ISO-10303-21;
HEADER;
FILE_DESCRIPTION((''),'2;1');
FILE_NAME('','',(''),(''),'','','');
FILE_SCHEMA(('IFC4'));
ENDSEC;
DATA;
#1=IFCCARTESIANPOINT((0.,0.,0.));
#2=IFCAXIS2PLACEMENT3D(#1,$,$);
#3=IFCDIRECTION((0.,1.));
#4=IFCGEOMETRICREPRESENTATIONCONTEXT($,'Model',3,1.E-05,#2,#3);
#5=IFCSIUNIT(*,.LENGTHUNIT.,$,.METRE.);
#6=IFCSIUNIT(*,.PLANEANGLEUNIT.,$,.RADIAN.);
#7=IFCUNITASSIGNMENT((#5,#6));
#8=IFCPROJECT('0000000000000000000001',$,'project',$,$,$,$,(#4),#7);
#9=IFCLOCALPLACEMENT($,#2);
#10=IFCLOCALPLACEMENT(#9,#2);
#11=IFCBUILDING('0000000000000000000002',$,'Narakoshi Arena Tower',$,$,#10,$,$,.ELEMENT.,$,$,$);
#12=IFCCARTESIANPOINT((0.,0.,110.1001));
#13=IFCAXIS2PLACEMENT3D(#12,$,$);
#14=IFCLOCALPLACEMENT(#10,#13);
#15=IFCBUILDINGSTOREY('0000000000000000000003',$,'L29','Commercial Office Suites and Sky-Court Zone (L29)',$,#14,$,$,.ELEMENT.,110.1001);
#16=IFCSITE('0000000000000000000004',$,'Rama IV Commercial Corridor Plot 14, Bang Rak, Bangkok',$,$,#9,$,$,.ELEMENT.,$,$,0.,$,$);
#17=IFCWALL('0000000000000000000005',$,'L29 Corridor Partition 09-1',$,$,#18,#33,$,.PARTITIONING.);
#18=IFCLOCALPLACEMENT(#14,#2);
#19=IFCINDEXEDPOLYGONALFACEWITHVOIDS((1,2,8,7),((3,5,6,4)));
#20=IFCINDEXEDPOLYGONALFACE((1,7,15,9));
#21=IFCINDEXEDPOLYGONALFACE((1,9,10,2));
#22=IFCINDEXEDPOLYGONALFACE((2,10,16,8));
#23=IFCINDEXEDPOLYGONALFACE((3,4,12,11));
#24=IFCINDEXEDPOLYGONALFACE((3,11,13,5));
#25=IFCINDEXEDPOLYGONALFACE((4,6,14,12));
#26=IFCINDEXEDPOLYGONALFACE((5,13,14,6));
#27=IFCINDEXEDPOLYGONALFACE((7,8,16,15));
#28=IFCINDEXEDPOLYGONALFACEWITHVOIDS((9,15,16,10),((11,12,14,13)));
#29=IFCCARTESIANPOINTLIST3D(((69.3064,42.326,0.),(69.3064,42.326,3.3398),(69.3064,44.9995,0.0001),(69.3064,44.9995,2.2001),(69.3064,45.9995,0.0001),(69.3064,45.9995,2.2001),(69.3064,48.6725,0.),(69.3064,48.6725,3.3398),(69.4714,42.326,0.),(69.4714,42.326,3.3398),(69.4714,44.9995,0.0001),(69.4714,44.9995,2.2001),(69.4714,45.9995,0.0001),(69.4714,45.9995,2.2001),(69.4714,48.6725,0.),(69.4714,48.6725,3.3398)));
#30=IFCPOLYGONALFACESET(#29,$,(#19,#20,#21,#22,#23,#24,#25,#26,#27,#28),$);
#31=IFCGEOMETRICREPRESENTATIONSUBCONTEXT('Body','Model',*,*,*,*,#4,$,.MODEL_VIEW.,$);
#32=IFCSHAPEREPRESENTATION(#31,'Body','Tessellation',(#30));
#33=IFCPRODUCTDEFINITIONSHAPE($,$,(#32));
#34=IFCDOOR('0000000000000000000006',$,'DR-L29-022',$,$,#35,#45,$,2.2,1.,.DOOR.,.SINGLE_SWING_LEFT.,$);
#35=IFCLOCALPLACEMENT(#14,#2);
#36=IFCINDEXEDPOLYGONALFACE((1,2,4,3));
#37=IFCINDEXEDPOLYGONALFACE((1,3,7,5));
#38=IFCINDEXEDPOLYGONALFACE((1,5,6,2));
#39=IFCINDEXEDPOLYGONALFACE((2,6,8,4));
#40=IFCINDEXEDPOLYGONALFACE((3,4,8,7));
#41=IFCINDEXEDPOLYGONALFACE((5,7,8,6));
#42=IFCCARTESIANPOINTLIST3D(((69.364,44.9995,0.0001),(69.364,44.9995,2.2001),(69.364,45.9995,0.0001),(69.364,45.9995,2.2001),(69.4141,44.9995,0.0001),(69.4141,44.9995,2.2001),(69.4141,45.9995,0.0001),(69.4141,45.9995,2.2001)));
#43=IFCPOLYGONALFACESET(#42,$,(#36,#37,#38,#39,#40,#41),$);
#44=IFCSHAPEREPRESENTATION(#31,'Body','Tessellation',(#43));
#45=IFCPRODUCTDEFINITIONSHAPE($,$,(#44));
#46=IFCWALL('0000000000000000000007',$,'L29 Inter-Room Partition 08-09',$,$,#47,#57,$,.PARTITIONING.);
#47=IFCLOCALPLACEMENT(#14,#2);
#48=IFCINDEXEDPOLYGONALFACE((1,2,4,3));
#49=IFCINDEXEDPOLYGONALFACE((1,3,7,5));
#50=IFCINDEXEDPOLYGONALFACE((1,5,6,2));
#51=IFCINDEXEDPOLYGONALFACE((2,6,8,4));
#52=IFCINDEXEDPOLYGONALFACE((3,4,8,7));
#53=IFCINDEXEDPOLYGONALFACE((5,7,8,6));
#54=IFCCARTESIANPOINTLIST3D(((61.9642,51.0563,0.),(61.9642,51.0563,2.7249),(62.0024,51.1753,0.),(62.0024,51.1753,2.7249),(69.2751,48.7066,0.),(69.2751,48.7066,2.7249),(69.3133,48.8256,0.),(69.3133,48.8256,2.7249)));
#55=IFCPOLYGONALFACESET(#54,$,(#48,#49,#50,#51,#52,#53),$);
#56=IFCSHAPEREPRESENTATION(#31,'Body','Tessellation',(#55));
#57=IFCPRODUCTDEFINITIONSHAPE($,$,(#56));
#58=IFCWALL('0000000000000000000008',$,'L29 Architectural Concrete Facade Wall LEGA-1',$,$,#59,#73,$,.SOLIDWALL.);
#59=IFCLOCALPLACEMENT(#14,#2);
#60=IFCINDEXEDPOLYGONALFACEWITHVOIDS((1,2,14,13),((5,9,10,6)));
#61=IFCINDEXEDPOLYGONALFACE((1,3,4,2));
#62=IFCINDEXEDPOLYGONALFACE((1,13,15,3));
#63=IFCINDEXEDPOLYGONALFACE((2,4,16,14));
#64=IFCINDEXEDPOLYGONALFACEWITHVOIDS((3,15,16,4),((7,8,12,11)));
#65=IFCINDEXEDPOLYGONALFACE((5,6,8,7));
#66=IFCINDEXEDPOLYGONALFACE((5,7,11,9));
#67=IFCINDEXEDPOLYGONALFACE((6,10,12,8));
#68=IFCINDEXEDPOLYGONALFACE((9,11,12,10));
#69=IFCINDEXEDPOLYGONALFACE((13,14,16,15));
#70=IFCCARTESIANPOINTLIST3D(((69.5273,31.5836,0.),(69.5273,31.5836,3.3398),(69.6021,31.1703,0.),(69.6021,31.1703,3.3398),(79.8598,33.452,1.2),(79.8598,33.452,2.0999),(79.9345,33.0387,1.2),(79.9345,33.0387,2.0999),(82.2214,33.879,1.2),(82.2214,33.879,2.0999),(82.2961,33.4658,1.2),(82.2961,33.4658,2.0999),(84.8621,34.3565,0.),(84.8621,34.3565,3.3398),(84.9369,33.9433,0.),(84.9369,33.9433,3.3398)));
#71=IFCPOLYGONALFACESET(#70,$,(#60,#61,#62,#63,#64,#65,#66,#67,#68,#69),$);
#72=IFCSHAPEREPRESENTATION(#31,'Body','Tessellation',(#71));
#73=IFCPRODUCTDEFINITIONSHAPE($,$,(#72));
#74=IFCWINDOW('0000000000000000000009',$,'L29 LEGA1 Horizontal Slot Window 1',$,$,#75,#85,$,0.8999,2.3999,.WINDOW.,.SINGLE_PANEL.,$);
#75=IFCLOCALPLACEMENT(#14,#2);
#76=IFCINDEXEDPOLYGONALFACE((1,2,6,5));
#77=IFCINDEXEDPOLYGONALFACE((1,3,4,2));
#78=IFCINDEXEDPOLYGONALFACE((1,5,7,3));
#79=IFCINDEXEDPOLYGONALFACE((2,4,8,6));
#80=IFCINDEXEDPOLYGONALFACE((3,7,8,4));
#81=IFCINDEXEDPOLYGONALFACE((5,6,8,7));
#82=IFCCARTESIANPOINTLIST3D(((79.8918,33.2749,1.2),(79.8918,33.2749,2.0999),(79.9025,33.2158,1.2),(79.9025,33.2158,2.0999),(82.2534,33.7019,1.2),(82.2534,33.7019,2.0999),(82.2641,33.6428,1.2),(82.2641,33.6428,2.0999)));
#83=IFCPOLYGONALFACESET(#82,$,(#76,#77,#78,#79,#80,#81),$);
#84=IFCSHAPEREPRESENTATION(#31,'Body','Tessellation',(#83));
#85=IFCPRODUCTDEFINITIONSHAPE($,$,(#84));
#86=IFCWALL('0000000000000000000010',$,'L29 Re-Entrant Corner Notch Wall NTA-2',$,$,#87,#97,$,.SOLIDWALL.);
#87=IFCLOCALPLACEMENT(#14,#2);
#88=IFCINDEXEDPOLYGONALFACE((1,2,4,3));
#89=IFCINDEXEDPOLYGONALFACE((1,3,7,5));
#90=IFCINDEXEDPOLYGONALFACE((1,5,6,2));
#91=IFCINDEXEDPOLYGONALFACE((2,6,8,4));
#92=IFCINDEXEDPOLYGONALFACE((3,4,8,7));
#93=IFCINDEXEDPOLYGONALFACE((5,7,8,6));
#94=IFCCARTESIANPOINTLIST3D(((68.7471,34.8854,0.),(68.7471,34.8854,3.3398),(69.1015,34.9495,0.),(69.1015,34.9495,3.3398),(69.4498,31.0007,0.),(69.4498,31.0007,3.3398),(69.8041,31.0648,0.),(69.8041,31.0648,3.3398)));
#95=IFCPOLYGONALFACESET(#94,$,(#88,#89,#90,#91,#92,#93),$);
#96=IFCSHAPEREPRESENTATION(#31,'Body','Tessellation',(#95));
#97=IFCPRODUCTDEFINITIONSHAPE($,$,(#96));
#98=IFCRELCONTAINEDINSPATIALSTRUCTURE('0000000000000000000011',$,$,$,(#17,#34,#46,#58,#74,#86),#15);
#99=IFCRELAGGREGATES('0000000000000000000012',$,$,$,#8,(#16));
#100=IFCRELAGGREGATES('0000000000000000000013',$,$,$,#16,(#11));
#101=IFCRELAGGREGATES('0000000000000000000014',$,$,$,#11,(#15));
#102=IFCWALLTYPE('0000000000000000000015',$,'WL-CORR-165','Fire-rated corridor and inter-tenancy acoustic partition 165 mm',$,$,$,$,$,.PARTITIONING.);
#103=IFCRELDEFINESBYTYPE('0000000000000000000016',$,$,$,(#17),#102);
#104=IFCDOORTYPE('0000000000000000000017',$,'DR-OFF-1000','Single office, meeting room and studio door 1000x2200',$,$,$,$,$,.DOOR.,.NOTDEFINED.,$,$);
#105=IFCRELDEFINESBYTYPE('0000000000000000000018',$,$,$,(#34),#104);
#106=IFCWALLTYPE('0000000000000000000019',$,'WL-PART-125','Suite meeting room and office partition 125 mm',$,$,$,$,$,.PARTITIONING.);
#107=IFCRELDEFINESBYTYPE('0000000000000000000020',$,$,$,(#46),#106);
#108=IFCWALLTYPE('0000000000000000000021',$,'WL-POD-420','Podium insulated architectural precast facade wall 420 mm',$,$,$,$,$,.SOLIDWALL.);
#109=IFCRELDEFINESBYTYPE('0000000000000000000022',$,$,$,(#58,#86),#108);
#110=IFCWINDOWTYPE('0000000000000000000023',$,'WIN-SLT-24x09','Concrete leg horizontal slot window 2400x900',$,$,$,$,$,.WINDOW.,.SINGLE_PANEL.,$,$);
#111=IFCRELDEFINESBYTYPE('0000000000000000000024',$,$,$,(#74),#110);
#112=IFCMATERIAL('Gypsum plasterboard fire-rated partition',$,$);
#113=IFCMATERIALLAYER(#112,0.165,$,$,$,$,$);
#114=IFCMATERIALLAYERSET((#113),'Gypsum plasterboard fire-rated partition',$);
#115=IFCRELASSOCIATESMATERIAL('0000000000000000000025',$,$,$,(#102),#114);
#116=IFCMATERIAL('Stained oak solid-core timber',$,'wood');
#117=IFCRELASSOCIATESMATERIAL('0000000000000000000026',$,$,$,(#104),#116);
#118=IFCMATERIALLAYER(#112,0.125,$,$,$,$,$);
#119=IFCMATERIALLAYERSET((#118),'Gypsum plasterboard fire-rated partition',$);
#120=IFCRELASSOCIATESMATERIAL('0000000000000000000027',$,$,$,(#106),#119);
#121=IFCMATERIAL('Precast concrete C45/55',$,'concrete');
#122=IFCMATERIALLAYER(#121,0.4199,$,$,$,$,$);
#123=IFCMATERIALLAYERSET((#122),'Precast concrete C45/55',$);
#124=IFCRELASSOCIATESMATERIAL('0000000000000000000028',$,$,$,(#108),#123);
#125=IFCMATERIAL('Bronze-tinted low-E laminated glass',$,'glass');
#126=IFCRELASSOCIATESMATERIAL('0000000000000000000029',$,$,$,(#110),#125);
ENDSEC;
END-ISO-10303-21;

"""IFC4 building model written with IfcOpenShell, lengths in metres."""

from ifc_helpers import new_model, si_unit, direction, frame, frame_2d, origin, place, context, subcontext, project, spatial, rectangle, extrude, material, layer, layer_set, type_object, element, fill, save


model = new_model("IFC4")

# Units and contexts
model_context = context("Model", 3, precision=1e-05, world=origin(), true_north=direction((0.0, 1.0)))
body_context = subcontext(model_context, "Body", "Model", "MODEL_VIEW")
ifc_project = project(units=[si_unit("LENGTHUNIT", "METRE"), si_unit("PLANEANGLEUNIT", "RADIAN")], contexts=[model_context])

# Site, building, storey
site_placement = place(None, origin())
site = spatial("IfcSite", under=ifc_project, at=site_placement, Name="Rama IV Commercial Corridor Plot 14, Bang Rak, Bangkok", CompositionType="ELEMENT", RefElevation=0.0)
building_placement = place(site_placement, origin())
building = spatial("IfcBuilding", under=site, at=building_placement, Name="Narakoshi Arena Tower", CompositionType="ELEMENT")
storey_placement = place(building_placement, frame((0.0, 0.0, 110.1001)))
storey = spatial("IfcBuildingStorey", under=building, at=storey_placement, Name="L29", Description="Commercial Office Suites and Sky-Court Zone (L29)", CompositionType="ELEMENT", Elevation=110.1001)

# Shared definitions
ifc_material_1 = material(Name="Gypsum plasterboard fire-rated partition")
ifc_layer_1 = layer(ifc_material_1, 0.165)
ifc_layer_set_1 = layer_set([ifc_layer_1], Name="Gypsum plasterboard fire-rated partition")
wall_type_1 = type_object("IfcWallType", Name="WL-CORR-165", Description="Fire-rated corridor and inter-tenancy acoustic partition 165 mm", PredefinedType="PARTITIONING", material=ifc_layer_set_1)
ifc_material_2 = material(Name="Stained oak solid-core timber", Category="wood")
door_type_1 = type_object("IfcDoorType", Name="DR-OFF-1000", Description="Single office, meeting room and studio door 1000x2200", OperationType="NOTDEFINED", PredefinedType="DOOR", material=ifc_material_2)

# Wall, opening, door
wall_1_placement = place(storey_placement, frame((69.3889, 48.6726, 0.0), z_axis=(0.0, 0.0, 1.0), x_axis=(0.0, -1.0, 0.0)))
wall_1 = element("IfcWall", 1, at=wall_1_placement, inside=storey, type_object=wall_type_1, Name="L29 Corridor Partition 09-1", PredefinedType="PARTITIONING", context=body_context, shape_type="SweptSolid", body=[
    extrude(rectangle(XDim=6.3464, YDim=0.165, at=frame_2d((3.1733, 0.0))), origin(), (0.0, 0.0, 1.0), 3.3398),
])
opening_1_placement = place(wall_1_placement, frame((2.6731, 0.0, 0.0)))
opening_1 = element("IfcOpeningElement", 2, at=opening_1_placement, cuts=wall_1, PredefinedType="OPENING", context=body_context, shape_type="SweptSolid", body=[
    extrude(rectangle(XDim=1.0, YDim=2.2, at=frame_2d((0.5, 1.1001))), frame((0.0, 0.0925, 0.0), z_axis=(0.0, -1.0, 0.0), x_axis=(1.0, 0.0, 0.0)), (0.0, 0.0, 1.0), 0.1851),
])
door_1_placement = place(opening_1_placement, frame((1.0, 0.0, 0.0), z_axis=(0.0, 0.0, 1.0), x_axis=(-1.0, 0.0, 0.0)))
door_1 = element("IfcDoor", 3, at=door_1_placement, inside=storey, type_object=door_type_1, Name="DR-L29-022", OperationType="SINGLE_SWING_LEFT", OverallHeight=2.2, OverallWidth=1.0, PredefinedType="DOOR", context=body_context, shape_type="SweptSolid", body=[
    extrude(rectangle(XDim=1.0, YDim=2.2, at=frame_2d((0.5, 1.1001))), frame((0.0, 0.0249, 0.0), z_axis=(0.0, -1.0, 0.0), x_axis=(1.0, 0.0, 0.0)), (0.0, 0.0, 1.0), 0.05),
])
fill(opening_1, door_1)

# Wall
ifc_layer_2 = layer(ifc_material_1, 0.125)
ifc_layer_set_2 = layer_set([ifc_layer_2], Name="Gypsum plasterboard fire-rated partition")
wall_type_2 = type_object("IfcWallType", Name="WL-PART-125", Description="Suite meeting room and office partition 125 mm", PredefinedType="PARTITIONING", material=ifc_layer_set_2)
wall_2_placement = place(storey_placement, frame((69.2942, 48.7661, 0.0), z_axis=(0.0, 0.0, 1.0), x_axis=(-0.952039, 0.305975, 0.0)))
element("IfcWall", 4, at=wall_2_placement, inside=storey, type_object=wall_type_2, Name="L29 Inter-Room Partition 08-09", PredefinedType="PARTITIONING", context=body_context, shape_type="SweptSolid", body=[
    extrude(rectangle(XDim=7.6792, YDim=0.125, at=frame_2d((3.8396, 0.0))), origin(), (0.0, 0.0, 1.0), 2.7249),
])

# Wall, opening, window
ifc_material_3 = material(Name="Precast concrete C45/55", Category="concrete")
ifc_layer_3 = layer(ifc_material_3, 0.4199)
ifc_layer_set_3 = layer_set([ifc_layer_3], Name="Precast concrete C45/55")
wall_type_3 = type_object("IfcWallType", Name="WL-POD-420", Description="Podium insulated architectural precast facade wall 420 mm", PredefinedType="SOLIDWALL", material=ifc_layer_set_3)
wall_3_placement = place(storey_placement, frame((69.5647, 31.377, 0.0), z_axis=(0.0, 0.0, 1.0), x_axis=(0.984041, 0.177942, 0.0)))
wall_3 = element("IfcWall", 5, at=wall_3_placement, inside=storey, type_object=wall_type_3, Name="L29 Architectural Concrete Facade Wall LEGA-1", PredefinedType="SOLIDWALL", context=body_context, shape_type="SweptSolid", body=[
    extrude(rectangle(XDim=15.5835, YDim=0.4199, at=frame_2d((7.7917, 0.0))), origin(), (0.0, 0.0, 1.0), 3.3398),
])
opening_2_placement = place(wall_3_placement, frame((10.5, 0.0, 1.2)))
opening_2 = element("IfcOpeningElement", 6, at=opening_2_placement, cuts=wall_3, PredefinedType="OPENING", context=body_context, shape_type="SweptSolid", body=[
    extrude(rectangle(XDim=2.3999, YDim=0.8999, at=frame_2d((1.2, 0.45))), frame((0.0, 0.22, 0.0), z_axis=(0.0, -1.0, 0.0), x_axis=(1.0, 0.0, 0.0)), (0.0, 0.0, 1.0), 0.4399),
])
ifc_material_4 = material(Name="Bronze-tinted low-E laminated glass", Category="glass")
window_type = type_object("IfcWindowType", Name="WIN-SLT-24x09", Description="Concrete leg horizontal slot window 2400x900", PartitioningType="SINGLE_PANEL", PredefinedType="WINDOW", material=ifc_material_4)
window_placement = place(opening_2_placement, origin())
window = element("IfcWindow", 7, at=window_placement, inside=storey, type_object=window_type, Name="L29 LEGA1 Horizontal Slot Window 1", OverallHeight=0.8999, OverallWidth=2.3999, PartitioningType="SINGLE_PANEL", PredefinedType="WINDOW", context=body_context, shape_type="SweptSolid", body=[
    extrude(rectangle(XDim=2.3999, YDim=0.8999, at=frame_2d((1.2, 0.45))), frame((0.0, 0.03, 0.0), z_axis=(0.0, -1.0, 0.0), x_axis=(1.0, 0.0, 0.0)), (0.0, 0.0, 1.0), 0.0601),
])
fill(opening_2, window)

# Wall
wall_4_placement = place(storey_placement, frame((68.9243, 34.9175, 0.0), z_axis=(0.0, 0.0, 1.0), x_axis=(0.177982, -0.984034, 0.0)))
element("IfcWall", 8, at=wall_4_placement, inside=storey, type_object=wall_type_3, Name="L29 Re-Entrant Corner Notch Wall NTA-2", PredefinedType="SOLIDWALL", context=body_context, shape_type="SweptSolid", body=[
    extrude(rectangle(XDim=3.9478, YDim=0.3601, at=frame_2d((1.9739, 0.0))), origin(), (0.0, 0.0, 1.0), 3.3398),
])

save(model, "model.ifc")
